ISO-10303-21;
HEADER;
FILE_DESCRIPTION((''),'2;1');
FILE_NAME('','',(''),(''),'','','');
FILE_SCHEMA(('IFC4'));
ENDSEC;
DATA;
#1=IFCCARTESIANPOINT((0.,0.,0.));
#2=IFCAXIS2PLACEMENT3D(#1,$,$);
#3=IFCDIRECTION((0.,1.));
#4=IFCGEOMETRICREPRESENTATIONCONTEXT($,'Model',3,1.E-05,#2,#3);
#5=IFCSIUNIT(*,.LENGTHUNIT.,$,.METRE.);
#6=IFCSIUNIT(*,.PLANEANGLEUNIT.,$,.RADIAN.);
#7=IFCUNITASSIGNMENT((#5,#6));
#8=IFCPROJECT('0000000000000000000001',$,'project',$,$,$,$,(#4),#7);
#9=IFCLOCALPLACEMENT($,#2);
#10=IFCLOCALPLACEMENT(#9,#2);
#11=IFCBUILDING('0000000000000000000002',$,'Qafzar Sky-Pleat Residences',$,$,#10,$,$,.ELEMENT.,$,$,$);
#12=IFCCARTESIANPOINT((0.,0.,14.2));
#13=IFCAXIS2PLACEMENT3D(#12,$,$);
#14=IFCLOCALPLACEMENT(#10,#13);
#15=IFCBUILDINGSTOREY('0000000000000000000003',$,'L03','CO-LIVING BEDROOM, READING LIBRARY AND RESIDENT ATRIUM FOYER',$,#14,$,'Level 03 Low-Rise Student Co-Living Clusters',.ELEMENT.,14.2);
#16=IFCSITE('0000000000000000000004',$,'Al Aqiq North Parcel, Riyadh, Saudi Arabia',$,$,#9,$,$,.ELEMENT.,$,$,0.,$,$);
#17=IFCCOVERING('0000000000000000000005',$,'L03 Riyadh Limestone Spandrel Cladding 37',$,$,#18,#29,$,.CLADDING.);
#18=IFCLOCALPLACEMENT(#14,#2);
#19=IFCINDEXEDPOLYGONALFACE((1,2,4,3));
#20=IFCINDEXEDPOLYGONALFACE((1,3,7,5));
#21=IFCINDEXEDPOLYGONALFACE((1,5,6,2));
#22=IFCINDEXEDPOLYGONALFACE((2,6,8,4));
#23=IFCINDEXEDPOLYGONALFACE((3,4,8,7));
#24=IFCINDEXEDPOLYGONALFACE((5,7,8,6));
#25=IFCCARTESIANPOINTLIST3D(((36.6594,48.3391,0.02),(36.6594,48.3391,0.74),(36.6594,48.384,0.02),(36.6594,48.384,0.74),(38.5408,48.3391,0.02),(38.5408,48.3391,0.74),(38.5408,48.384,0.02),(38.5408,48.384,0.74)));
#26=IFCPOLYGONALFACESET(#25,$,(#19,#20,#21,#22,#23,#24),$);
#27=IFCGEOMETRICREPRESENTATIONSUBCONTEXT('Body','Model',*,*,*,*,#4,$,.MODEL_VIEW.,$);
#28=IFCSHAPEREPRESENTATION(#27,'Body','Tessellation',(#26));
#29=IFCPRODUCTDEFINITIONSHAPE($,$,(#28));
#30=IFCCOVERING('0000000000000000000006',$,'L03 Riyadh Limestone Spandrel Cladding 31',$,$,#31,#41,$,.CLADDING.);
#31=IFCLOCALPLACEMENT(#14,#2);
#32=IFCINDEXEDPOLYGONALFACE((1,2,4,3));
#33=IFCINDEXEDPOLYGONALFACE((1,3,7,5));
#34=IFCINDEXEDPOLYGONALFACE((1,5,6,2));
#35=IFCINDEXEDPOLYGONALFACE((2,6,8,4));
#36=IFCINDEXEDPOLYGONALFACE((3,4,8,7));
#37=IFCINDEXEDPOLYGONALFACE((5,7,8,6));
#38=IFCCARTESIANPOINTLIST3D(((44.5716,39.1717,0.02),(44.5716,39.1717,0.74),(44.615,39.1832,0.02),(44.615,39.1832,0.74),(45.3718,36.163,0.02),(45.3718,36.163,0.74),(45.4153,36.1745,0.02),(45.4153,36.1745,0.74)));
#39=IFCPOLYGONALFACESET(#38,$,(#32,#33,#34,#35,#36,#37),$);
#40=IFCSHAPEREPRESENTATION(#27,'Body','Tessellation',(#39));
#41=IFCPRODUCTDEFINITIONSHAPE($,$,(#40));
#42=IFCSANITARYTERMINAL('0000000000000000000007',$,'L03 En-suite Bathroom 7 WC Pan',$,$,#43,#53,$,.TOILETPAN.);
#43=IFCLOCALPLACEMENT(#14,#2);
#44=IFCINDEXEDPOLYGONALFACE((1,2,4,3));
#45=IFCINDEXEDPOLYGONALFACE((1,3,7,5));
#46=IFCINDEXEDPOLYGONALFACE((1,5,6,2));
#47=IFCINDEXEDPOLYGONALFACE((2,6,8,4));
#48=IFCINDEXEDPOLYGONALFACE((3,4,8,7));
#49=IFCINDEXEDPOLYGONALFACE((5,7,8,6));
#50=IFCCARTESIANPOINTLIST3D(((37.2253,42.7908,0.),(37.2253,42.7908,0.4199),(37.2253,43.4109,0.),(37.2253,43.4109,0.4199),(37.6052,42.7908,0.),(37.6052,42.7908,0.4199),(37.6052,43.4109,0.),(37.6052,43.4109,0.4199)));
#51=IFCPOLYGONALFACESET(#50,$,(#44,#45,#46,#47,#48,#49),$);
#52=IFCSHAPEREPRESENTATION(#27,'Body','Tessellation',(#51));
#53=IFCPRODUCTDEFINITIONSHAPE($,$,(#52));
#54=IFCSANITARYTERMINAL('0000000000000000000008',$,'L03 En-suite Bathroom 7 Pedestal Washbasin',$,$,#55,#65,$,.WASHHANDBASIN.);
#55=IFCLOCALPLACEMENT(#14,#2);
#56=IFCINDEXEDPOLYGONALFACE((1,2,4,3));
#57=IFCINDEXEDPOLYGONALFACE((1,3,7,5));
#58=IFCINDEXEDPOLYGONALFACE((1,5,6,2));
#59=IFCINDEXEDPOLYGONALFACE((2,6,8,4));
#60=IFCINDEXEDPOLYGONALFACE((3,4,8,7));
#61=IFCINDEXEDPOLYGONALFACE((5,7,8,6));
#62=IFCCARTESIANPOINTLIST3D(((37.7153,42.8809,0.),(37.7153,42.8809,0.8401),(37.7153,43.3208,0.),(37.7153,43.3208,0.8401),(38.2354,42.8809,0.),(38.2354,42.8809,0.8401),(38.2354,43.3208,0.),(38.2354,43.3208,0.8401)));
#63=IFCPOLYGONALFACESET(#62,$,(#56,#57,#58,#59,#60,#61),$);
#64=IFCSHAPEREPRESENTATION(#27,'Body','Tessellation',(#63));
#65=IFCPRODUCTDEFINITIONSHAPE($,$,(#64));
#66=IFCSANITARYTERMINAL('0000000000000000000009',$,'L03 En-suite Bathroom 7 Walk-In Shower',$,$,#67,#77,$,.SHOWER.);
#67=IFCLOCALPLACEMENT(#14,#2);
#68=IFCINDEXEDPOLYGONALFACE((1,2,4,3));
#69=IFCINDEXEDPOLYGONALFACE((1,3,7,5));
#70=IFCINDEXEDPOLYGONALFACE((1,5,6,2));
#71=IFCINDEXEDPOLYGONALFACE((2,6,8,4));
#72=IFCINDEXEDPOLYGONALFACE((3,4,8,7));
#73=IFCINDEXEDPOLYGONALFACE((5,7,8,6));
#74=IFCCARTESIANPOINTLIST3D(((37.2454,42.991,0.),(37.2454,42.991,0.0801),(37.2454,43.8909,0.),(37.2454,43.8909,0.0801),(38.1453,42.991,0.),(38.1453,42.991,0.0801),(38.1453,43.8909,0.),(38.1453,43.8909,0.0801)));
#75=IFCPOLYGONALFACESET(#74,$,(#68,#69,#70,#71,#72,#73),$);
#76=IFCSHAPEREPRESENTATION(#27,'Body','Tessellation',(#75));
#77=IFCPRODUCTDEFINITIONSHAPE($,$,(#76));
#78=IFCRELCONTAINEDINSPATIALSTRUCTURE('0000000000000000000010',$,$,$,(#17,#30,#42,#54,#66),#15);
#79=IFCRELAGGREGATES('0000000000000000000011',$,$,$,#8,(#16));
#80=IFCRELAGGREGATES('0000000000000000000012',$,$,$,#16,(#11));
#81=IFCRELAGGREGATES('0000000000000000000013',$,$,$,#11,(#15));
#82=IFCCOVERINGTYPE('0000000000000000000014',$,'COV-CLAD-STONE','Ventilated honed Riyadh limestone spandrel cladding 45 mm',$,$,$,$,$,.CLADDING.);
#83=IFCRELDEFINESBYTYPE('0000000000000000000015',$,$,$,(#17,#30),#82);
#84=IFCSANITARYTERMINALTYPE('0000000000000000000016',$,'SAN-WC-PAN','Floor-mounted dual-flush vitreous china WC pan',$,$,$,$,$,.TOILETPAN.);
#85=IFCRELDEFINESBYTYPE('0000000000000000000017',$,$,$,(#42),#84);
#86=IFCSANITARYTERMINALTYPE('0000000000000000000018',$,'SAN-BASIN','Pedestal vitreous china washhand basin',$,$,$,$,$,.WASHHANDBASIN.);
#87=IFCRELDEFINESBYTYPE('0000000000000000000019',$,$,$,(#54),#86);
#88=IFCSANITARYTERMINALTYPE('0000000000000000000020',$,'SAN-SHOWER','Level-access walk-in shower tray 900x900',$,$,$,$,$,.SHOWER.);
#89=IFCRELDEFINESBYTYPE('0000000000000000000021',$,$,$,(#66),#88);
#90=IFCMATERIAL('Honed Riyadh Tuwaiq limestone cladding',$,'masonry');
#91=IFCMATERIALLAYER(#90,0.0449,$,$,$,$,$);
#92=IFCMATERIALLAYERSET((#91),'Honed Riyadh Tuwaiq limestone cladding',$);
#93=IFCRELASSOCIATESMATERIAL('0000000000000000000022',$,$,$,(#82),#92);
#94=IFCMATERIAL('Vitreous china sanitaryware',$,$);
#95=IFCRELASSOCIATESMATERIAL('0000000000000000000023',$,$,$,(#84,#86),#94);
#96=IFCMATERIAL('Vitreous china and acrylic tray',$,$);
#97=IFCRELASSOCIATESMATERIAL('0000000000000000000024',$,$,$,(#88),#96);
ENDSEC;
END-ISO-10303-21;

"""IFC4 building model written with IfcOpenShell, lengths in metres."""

from ifc_helpers import new_model, si_unit, direction, frame, origin, origin_2d, place, context, subcontext, project, spatial, rectangle, extrude, source, transform, mapped, material, layer, layer_set, type_object, element, save


model = new_model("IFC4")

# Units and contexts
model_context = context("Model", 3, precision=1e-05, world=origin(), true_north=direction((0.0, 1.0)))
body_context = subcontext(model_context, "Body", "Model", "MODEL_VIEW")
ifc_project = project(units=[si_unit("LENGTHUNIT", "METRE"), si_unit("PLANEANGLEUNIT", "RADIAN")], contexts=[model_context])

# Site, building, storey
site_placement = place(None, origin())
site = spatial("IfcSite", under=ifc_project, at=site_placement, Name="Al Aqiq North Parcel, Riyadh, Saudi Arabia", CompositionType="ELEMENT", RefElevation=0.0)
building_placement = place(site_placement, origin())
building = spatial("IfcBuilding", under=site, at=building_placement, Name="Qafzar Sky-Pleat Residences", CompositionType="ELEMENT")
storey_placement = place(building_placement, frame((0.0, 0.0, 14.2)))
storey = spatial("IfcBuildingStorey", under=building, at=storey_placement, Name="L03", Description="CO-LIVING BEDROOM, READING LIBRARY AND RESIDENT ATRIUM FOYER", LongName="Level 03 Low-Rise Student Co-Living Clusters", CompositionType="ELEMENT", Elevation=14.2)

# Coverings
ifc_material_1 = material(Name="Honed Riyadh Tuwaiq limestone cladding", Category="masonry")
ifc_layer_1 = layer(ifc_material_1, 0.0449)
ifc_layer_set_1 = layer_set([ifc_layer_1], Name="Honed Riyadh Tuwaiq limestone cladding")
covering_type = type_object("IfcCoveringType", Name="COV-CLAD-STONE", Description="Ventilated honed Riyadh limestone spandrel cladding 45 mm", PredefinedType="CLADDING", material=ifc_layer_set_1)
shared_shape_1 = source(origin(), body_context, "Body", "SweptSolid", [
    extrude(rectangle(XDim=1.8813, YDim=0.0449, at=origin_2d()), origin(), (0.0, 0.0, 1.0), 0.72),
])
for number, where, z_axis, x_axis, name in (
    (1, (37.6001, 48.3616, 0.02), (0.0, 0.0, 1.0), (-1.0, 0.0, 0.0), "L03 Riyadh Limestone Spandrel Cladding 37"),
):
    element("IfcCovering", number, at=place(storey_placement, frame(where, z_axis=z_axis, x_axis=x_axis)), inside=storey, type_object=covering_type, Name=name, PredefinedType="CLADDING", context=body_context, shape_type="MappedRepresentation", body=[
        mapped(shared_shape_1, transform((0.0, 0.0, 0.0), x_axis=(1.0, 0.0, 0.0), y_axis=(0.0, 1.0, 0.0), z_axis=(0.0, 0.0, 1.0), scale=1.0)),
    ])
shared_shape_2 = source(origin(), body_context, "Body", "SweptSolid", [
    extrude(rectangle(XDim=3.1133, YDim=0.0449, at=origin_2d()), origin(), (0.0, 0.0, 1.0), 0.72),
])
covering_placement = place(storey_placement, frame((44.9934, 37.6731, 0.02), z_axis=(0.0, 0.0, 1.0), x_axis=(-0.257051, 0.966398, 0.0)))
element("IfcCovering", 2, at=covering_placement, inside=storey, type_object=covering_type, Name="L03 Riyadh Limestone Spandrel Cladding 31", PredefinedType="CLADDING", context=body_context, shape_type="MappedRepresentation", body=[
    mapped(shared_shape_2, transform((0.0, 0.0, 0.0), x_axis=(1.0, 0.0, 0.0), y_axis=(0.0, 1.0, 0.0), z_axis=(0.0, 0.0, 1.0), scale=1.0)),
])

# Sanitary terminals
ifc_material_2 = material(Name="Vitreous china sanitaryware")
sanitary_terminal_type_1 = type_object("IfcSanitaryTerminalType", Name="SAN-WC-PAN", Description="Floor-mounted dual-flush vitreous china WC pan", PredefinedType="TOILETPAN", material=ifc_material_2)
shared_shape_3 = source(origin(), body_context, "Body", "SweptSolid", [
    extrude(rectangle(XDim=0.3799, YDim=0.6201, at=origin_2d()), origin(), (0.0, 0.0, 1.0), 0.4199),
])
sanitary_terminal_1_placement = place(storey_placement, frame((37.4153, 43.1008, 0.0), z_axis=(0.0, 0.0, 1.0), x_axis=(1.0, 0.0, 0.0)))
element("IfcSanitaryTerminal", 3, at=sanitary_terminal_1_placement, inside=storey, type_object=sanitary_terminal_type_1, Name="L03 En-suite Bathroom 7 WC Pan", PredefinedType="TOILETPAN", context=body_context, shape_type="MappedRepresentation", body=[
    mapped(shared_shape_3, transform((0.0, 0.0, 0.0), x_axis=(1.0, 0.0, 0.0), y_axis=(0.0, 1.0, 0.0), z_axis=(0.0, 0.0, 1.0), scale=1.0)),
])
sanitary_terminal_type_2 = type_object("IfcSanitaryTerminalType", Name="SAN-BASIN", Description="Pedestal vitreous china washhand basin", PredefinedType="WASHHANDBASIN", material=ifc_material_2)
shared_shape_4 = source(origin(), body_context, "Body", "SweptSolid", [
    extrude(rectangle(XDim=0.52, YDim=0.4399, at=origin_2d()), origin(), (0.0, 0.0, 1.0), 0.8401),
])
sanitary_terminal_2_placement = place(storey_placement, frame((37.9753, 43.1008, 0.0), z_axis=(0.0, 0.0, 1.0), x_axis=(1.0, 0.0, 0.0)))
element("IfcSanitaryTerminal", 4, at=sanitary_terminal_2_placement, inside=storey, type_object=sanitary_terminal_type_2, Name="L03 En-suite Bathroom 7 Pedestal Washbasin", PredefinedType="WASHHANDBASIN", context=body_context, shape_type="MappedRepresentation", body=[
    mapped(shared_shape_4, transform((0.0, 0.0, 0.0), x_axis=(1.0, 0.0, 0.0), y_axis=(0.0, 1.0, 0.0), z_axis=(0.0, 0.0, 1.0), scale=1.0)),
])
ifc_material_3 = material(Name="Vitreous china and acrylic tray")
sanitary_terminal_type_3 = type_object("IfcSanitaryTerminalType", Name="SAN-SHOWER", Description="Level-access walk-in shower tray 900x900", PredefinedType="SHOWER", material=ifc_material_3)
shared_shape_5 = source(origin(), body_context, "Body", "SweptSolid", [
    extrude(rectangle(XDim=0.8999, YDim=0.8999, at=origin_2d()), origin(), (0.0, 0.0, 1.0), 0.0801),
])
sanitary_terminal_3_placement = place(storey_placement, frame((37.6953, 43.4409, 0.0), z_axis=(0.0, 0.0, 1.0), x_axis=(1.0, 0.0, 0.0)))
element("IfcSanitaryTerminal", 5, at=sanitary_terminal_3_placement, inside=storey, type_object=sanitary_terminal_type_3, Name="L03 En-suite Bathroom 7 Walk-In Shower", PredefinedType="SHOWER", context=body_context, shape_type="MappedRepresentation", body=[
    mapped(shared_shape_5, transform((0.0, 0.0, 0.0), x_axis=(1.0, 0.0, 0.0), y_axis=(0.0, 1.0, 0.0), z_axis=(0.0, 0.0, 1.0), scale=1.0)),
])

save(model, "model.ifc")
